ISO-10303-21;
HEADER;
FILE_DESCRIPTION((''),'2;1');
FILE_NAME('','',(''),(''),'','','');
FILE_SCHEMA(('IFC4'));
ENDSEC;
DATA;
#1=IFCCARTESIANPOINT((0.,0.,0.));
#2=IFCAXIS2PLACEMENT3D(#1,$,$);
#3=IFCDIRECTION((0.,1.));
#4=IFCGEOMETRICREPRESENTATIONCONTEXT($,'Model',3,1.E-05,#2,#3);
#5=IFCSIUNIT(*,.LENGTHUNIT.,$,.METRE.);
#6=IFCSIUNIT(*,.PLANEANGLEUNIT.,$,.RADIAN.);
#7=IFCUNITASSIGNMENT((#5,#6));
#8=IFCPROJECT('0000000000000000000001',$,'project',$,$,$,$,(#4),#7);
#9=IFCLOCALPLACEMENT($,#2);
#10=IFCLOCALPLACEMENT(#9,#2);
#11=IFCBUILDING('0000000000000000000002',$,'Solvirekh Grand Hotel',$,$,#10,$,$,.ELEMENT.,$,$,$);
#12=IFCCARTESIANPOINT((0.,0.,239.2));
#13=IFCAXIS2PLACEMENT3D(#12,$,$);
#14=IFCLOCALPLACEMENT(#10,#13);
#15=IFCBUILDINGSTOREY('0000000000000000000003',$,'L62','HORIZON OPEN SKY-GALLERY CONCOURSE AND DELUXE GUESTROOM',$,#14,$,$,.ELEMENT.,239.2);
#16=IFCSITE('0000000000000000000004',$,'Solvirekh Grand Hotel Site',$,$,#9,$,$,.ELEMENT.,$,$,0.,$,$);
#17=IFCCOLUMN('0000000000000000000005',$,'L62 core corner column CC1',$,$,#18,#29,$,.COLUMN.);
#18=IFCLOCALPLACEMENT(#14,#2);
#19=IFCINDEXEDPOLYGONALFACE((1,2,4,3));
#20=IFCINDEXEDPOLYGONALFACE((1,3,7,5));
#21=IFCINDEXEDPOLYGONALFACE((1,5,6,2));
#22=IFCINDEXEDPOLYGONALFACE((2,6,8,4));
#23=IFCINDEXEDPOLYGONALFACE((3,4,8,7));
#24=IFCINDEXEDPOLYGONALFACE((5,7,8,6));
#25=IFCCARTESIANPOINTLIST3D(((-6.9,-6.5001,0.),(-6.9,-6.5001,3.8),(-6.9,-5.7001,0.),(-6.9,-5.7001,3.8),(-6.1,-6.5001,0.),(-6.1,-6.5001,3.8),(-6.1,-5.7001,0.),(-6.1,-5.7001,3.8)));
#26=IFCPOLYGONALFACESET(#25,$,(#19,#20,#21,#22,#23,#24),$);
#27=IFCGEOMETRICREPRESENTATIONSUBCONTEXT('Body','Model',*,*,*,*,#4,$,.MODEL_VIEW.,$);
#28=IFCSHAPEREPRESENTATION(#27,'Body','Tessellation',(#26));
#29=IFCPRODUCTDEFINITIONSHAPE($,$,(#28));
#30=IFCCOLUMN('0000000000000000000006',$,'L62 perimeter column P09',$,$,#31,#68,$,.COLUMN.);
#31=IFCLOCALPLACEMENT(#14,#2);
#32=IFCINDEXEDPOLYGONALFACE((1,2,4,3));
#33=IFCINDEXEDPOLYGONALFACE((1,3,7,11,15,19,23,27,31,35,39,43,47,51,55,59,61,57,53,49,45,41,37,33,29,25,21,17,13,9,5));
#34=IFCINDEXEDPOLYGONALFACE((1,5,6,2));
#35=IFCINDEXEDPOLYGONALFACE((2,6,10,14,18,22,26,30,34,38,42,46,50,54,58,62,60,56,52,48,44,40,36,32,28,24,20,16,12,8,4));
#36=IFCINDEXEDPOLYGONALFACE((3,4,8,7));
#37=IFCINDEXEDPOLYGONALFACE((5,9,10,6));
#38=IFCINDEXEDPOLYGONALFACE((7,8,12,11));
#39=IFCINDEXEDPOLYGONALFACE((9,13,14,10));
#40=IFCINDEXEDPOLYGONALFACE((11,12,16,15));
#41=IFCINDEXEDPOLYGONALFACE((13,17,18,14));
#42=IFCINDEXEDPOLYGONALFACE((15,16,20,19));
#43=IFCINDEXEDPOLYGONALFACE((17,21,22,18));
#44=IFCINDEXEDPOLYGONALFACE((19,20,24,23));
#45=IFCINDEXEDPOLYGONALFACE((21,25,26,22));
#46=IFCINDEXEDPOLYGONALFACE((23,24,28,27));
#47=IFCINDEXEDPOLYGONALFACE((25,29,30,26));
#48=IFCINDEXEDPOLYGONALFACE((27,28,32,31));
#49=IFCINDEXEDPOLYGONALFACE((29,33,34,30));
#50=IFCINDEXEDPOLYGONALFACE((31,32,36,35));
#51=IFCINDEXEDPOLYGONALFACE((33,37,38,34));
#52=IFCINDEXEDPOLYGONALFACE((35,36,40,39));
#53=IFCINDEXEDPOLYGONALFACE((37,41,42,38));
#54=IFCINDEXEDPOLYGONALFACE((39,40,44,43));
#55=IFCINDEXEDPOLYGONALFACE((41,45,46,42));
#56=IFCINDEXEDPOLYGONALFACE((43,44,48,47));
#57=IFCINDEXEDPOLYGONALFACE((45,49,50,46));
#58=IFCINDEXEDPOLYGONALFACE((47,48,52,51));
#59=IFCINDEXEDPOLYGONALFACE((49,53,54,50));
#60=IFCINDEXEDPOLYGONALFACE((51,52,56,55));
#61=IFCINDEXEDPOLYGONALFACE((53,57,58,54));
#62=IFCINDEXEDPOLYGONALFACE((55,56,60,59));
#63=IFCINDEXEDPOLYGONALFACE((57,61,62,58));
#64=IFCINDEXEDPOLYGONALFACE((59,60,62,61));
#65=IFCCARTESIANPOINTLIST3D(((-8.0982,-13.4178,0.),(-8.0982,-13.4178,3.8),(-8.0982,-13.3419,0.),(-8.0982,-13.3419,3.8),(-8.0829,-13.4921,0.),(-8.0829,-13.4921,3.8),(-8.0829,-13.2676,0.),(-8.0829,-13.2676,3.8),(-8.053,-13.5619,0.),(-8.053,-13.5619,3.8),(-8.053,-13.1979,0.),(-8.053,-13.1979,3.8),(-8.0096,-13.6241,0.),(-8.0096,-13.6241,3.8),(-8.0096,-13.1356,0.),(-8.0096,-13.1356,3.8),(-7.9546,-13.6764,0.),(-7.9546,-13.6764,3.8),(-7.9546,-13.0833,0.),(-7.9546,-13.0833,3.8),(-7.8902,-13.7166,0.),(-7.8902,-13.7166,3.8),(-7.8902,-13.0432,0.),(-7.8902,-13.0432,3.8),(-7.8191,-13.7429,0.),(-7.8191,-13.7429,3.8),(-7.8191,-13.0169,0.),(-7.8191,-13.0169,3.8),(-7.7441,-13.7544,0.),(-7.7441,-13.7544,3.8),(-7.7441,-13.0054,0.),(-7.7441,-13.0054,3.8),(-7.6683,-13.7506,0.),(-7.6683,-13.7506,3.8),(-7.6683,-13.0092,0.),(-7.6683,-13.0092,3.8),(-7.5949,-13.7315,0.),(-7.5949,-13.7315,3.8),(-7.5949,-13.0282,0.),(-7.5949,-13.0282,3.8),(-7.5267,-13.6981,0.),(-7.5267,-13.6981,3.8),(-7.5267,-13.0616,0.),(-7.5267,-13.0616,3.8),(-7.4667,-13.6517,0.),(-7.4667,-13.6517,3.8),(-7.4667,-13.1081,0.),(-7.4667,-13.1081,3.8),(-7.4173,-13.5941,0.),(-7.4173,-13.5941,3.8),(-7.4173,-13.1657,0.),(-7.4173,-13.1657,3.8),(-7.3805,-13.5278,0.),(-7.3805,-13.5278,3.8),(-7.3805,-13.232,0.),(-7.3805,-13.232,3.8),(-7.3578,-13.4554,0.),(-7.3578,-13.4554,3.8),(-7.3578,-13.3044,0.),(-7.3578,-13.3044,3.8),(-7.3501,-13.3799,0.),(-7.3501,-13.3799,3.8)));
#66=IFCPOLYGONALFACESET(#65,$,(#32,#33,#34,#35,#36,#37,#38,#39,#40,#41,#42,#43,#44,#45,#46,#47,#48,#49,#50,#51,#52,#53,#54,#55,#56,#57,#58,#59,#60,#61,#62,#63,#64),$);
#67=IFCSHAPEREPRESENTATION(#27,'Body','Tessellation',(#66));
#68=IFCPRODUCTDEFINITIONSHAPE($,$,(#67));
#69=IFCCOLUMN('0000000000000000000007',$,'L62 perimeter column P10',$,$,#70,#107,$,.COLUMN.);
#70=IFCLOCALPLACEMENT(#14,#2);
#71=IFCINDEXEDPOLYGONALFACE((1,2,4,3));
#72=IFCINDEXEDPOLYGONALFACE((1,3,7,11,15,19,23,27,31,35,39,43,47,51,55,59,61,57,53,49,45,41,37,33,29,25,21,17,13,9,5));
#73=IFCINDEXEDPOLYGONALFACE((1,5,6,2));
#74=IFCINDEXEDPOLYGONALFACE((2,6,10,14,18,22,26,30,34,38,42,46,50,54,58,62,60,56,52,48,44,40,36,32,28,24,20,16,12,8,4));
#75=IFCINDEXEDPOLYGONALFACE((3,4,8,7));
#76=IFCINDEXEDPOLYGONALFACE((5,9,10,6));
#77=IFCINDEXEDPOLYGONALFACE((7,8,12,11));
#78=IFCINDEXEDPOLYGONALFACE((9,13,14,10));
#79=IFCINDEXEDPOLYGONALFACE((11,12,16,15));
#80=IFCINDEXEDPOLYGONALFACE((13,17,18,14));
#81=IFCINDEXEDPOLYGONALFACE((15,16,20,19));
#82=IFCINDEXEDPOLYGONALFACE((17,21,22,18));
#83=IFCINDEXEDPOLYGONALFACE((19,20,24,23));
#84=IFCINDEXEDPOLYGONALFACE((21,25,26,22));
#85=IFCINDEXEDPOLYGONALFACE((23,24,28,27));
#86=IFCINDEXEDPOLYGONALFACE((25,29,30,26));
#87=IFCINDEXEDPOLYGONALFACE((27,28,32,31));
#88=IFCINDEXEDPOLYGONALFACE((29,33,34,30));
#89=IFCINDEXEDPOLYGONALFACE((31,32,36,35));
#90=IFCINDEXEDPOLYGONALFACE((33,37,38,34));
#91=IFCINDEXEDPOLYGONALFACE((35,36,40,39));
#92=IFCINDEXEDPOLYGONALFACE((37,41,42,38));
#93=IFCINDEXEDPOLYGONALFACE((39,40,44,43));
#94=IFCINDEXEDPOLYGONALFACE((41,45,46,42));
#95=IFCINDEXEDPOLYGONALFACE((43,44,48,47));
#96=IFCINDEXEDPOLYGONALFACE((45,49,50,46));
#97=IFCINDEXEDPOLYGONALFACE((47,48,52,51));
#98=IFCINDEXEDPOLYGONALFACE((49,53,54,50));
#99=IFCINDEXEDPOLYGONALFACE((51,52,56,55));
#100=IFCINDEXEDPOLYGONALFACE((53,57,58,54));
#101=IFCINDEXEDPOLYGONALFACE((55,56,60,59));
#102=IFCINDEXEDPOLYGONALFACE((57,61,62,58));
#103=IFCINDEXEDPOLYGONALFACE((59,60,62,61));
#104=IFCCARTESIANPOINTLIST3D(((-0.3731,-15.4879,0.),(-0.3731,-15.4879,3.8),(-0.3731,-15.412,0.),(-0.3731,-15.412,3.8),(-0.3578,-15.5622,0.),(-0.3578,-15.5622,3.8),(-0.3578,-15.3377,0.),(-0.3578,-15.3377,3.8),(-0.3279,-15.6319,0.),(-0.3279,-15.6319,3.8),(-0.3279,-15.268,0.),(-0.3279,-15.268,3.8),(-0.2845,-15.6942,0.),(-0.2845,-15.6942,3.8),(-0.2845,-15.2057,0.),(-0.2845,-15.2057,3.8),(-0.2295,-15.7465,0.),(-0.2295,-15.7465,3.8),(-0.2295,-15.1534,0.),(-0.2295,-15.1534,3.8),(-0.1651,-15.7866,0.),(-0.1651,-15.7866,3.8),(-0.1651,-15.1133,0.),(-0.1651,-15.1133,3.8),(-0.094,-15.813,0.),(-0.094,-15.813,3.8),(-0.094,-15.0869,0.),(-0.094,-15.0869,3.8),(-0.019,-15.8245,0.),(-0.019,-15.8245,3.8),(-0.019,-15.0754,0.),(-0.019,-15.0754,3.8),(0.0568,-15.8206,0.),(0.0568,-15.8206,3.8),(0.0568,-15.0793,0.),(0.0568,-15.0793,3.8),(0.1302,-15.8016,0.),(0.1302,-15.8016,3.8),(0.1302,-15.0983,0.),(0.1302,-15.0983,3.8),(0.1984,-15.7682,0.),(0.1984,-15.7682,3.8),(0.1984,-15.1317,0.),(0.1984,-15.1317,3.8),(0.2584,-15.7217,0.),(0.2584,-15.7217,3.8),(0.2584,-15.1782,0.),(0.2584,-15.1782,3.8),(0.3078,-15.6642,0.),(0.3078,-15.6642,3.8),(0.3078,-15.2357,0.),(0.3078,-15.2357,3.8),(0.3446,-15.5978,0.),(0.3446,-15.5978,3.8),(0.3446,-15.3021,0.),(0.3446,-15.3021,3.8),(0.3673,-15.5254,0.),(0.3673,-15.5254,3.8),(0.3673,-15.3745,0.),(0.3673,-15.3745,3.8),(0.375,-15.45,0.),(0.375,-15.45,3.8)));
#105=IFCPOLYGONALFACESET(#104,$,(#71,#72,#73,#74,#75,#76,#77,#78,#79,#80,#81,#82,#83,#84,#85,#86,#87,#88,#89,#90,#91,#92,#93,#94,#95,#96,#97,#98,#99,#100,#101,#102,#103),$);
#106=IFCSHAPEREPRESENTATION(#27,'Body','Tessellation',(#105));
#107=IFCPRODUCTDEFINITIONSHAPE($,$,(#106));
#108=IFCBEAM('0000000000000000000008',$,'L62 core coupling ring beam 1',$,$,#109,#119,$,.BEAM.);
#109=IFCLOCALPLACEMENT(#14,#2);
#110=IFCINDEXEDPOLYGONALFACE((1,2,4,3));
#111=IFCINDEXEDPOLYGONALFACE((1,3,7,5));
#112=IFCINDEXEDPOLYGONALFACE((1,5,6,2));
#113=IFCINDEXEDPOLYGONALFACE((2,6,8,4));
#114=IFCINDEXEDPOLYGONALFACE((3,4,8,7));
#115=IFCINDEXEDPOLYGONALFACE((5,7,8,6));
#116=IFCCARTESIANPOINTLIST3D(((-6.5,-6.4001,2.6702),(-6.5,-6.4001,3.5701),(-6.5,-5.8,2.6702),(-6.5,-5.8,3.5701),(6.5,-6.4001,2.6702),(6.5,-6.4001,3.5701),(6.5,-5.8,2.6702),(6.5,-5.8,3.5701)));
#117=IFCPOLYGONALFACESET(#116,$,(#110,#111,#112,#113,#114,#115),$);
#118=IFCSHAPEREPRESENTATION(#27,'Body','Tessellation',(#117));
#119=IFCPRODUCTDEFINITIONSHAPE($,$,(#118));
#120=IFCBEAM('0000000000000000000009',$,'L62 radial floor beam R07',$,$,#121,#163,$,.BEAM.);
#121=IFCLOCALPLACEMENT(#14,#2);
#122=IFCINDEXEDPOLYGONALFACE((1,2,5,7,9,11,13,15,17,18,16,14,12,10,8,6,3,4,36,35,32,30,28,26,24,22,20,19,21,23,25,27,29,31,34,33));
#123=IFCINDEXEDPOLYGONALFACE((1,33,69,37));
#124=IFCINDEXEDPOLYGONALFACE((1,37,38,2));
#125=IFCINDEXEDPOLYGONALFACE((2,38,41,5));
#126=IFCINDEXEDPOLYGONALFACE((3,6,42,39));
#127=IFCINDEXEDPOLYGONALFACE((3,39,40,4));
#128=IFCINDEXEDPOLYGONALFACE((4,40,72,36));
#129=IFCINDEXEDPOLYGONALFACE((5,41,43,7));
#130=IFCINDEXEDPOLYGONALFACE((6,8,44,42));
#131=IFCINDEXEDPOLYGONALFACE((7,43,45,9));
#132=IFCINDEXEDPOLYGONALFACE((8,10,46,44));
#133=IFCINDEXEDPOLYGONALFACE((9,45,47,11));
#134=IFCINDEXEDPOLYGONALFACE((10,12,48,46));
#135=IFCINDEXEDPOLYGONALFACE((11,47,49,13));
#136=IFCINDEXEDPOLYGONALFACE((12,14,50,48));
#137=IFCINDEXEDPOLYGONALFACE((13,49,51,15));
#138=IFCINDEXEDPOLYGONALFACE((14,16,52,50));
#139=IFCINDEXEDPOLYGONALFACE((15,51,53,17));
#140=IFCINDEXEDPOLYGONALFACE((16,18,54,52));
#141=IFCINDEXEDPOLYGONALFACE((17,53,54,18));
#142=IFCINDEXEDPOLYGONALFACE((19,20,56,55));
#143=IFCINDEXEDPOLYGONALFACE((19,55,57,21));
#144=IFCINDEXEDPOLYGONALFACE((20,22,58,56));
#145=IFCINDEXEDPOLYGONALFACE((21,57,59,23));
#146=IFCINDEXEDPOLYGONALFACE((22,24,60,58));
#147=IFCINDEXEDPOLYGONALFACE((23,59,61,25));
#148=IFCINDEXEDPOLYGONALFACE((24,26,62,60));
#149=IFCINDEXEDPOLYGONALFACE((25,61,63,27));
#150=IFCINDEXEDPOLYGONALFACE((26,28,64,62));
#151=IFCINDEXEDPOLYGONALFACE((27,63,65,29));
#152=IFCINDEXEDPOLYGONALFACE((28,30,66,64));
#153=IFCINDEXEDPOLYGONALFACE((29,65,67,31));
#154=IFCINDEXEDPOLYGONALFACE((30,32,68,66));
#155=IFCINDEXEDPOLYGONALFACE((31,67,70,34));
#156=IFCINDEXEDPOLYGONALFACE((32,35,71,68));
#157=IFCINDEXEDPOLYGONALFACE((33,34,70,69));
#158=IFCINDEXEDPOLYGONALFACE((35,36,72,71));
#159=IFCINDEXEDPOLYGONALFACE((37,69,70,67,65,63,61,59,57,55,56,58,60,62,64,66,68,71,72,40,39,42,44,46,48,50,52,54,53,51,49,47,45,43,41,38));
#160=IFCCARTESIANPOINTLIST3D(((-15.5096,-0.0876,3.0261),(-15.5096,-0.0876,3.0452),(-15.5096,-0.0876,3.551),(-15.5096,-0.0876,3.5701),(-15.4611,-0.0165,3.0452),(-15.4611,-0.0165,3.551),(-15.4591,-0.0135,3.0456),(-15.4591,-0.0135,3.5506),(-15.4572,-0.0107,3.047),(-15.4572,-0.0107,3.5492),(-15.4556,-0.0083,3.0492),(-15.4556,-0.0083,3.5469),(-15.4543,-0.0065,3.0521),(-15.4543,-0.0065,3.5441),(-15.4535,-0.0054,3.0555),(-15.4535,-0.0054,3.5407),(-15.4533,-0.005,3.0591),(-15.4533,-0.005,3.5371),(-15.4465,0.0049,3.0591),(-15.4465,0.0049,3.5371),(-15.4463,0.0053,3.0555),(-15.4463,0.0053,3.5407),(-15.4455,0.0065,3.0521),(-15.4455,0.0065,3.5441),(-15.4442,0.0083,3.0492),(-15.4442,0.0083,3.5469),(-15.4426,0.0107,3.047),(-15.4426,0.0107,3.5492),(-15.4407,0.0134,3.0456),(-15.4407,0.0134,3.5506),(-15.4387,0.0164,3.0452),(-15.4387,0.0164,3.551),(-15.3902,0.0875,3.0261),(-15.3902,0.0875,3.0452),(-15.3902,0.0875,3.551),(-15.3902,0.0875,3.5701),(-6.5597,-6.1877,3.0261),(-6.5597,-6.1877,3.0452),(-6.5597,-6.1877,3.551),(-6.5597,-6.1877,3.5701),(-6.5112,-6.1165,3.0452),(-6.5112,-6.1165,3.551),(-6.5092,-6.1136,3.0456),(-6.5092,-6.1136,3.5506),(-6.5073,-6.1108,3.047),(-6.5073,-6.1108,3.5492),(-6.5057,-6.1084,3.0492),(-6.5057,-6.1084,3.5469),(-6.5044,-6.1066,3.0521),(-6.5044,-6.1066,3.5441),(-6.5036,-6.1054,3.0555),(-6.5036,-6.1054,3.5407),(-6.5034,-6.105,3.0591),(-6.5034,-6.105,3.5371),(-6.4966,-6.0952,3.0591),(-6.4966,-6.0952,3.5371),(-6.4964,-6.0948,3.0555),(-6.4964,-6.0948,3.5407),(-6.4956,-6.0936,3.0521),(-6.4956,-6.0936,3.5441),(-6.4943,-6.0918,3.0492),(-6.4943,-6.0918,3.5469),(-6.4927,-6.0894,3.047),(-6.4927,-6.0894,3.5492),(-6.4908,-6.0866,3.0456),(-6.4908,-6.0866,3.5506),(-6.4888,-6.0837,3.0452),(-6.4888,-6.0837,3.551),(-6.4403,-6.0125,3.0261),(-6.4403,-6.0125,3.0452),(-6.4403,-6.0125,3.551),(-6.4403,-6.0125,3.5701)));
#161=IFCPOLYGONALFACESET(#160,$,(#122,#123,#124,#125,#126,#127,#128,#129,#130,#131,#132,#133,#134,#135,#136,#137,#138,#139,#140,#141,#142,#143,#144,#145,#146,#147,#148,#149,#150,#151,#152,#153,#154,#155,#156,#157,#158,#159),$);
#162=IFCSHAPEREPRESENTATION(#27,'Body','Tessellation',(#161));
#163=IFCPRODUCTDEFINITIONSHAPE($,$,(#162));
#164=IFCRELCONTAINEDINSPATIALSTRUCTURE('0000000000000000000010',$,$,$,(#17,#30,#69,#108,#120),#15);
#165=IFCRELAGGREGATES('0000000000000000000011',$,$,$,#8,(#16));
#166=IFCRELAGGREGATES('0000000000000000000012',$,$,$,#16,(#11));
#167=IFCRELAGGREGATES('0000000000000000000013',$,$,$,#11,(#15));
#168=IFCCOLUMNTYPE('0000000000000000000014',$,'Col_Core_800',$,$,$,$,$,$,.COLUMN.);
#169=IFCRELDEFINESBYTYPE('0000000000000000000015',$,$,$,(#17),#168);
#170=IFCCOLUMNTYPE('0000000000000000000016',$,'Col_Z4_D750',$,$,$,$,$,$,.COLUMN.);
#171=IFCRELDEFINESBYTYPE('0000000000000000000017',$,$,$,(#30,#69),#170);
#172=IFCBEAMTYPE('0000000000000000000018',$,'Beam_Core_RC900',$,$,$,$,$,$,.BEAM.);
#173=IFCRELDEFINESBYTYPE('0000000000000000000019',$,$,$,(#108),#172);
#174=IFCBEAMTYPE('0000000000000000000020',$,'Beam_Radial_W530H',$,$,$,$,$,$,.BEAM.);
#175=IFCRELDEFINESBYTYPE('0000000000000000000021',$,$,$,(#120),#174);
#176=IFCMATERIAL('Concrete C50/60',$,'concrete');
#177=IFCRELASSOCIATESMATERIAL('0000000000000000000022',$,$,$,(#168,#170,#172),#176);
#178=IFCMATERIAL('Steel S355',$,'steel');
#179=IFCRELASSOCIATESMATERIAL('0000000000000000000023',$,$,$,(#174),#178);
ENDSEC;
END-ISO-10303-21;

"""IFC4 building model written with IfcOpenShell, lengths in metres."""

from ifc_helpers import new_model, si_unit, direction, frame, origin, origin_2d, place, context, subcontext, project, spatial, rectangle, circle, i_section, extrude, material, material_profile, profile_set, type_object, element, save


model = new_model("IFC4")

# Units and contexts
model_context = context("Model", 3, precision=1e-05, world=origin(), true_north=direction((0.0, 1.0)))
body_context = subcontext(model_context, "Body", "Model", "MODEL_VIEW")
ifc_project = project(units=[si_unit("LENGTHUNIT", "METRE"), si_unit("PLANEANGLEUNIT", "RADIAN")], contexts=[model_context])

# Site, building, storey
site_placement = place(None, origin())
site = spatial("IfcSite", under=ifc_project, at=site_placement, Name="Solvirekh Grand Hotel Site", CompositionType="ELEMENT", RefElevation=0.0)
building_placement = place(site_placement, origin())
building = spatial("IfcBuilding", under=site, at=building_placement, Name="Solvirekh Grand Hotel", CompositionType="ELEMENT")
storey_placement = place(building_placement, frame((0.0, 0.0, 239.2)))
storey = spatial("IfcBuildingStorey", under=building, at=storey_placement, Name="L62", Description="HORIZON OPEN SKY-GALLERY CONCOURSE AND DELUXE GUESTROOM", CompositionType="ELEMENT", Elevation=239.2)

# Columns
ifc_material_1 = material(Name="Concrete C50/60", Category="concrete")
ifc_material_profile_1 = material_profile(ifc_material_1, rectangle(XDim=0.8, YDim=0.8, at=origin_2d()), Name="RC 800X800")
ifc_profile_set_1 = profile_set([ifc_material_profile_1], Name="Concrete C50/60")
column_type_1 = type_object("IfcColumnType", Name="Col_Core_800", PredefinedType="COLUMN", material=ifc_profile_set_1)
column_placement = place(storey_placement, frame((-6.5, -6.1001, 0.0), z_axis=(0.0, 0.0, 1.0), x_axis=(1.0, 0.0, 0.0)))
element("IfcColumn", 1, at=column_placement, inside=storey, type_object=column_type_1, Name="L62 core corner column CC1", PredefinedType="COLUMN", context=body_context, shape_type="SweptSolid", body=[
    extrude(rectangle(XDim=0.8, YDim=0.8, at=origin_2d()), origin(), (0.0, 0.0, 1.0), 3.8),
])
ifc_material_profile_2 = material_profile(ifc_material_1, circle(Radius=0.375, at=origin_2d()), Name="RC CIRC D750")
ifc_profile_set_2 = profile_set([ifc_material_profile_2], Name="Concrete C50/60")
column_type_2 = type_object("IfcColumnType", Name="Col_Z4_D750", PredefinedType="COLUMN", material=ifc_profile_set_2)
for number, where, z_axis, x_axis, name in (
    (2, (-7.7251, -13.3799, 0.0), (0.0, 0.0, 1.0), (1.0, 0.0, 0.0), "L62 perimeter column P09"),
    (3, (0.0, -15.45, 0.0), (0.0, 0.0, 1.0), (1.0, 0.0, 0.0), "L62 perimeter column P10"),
):
    element("IfcColumn", number, at=place(storey_placement, frame(where, z_axis=z_axis, x_axis=x_axis)), inside=storey, type_object=column_type_2, Name=name, PredefinedType="COLUMN", context=body_context, shape_type="SweptSolid", body=[
        extrude(circle(Radius=0.375, at=origin_2d()), origin(), (0.0, 0.0, 1.0), 3.8),
    ])

# Beams
ifc_material_profile_3 = material_profile(ifc_material_1, rectangle(XDim=0.6001, YDim=0.8999, at=origin_2d()), Name="RC BEAM 600X900")
ifc_profile_set_3 = profile_set([ifc_material_profile_3], Name="Concrete C50/60")
beam_type_1 = type_object("IfcBeamType", Name="Beam_Core_RC900", PredefinedType="BEAM", material=ifc_profile_set_3)
beam_1_placement = place(storey_placement, frame((-6.5, -6.1001, 3.1201), z_axis=(1.0, 0.0, 0.0), x_axis=(0.0, 1.0, 0.0)))
element("IfcBeam", 4, at=beam_1_placement, inside=storey, type_object=beam_type_1, Name="L62 core coupling ring beam 1", PredefinedType="BEAM", context=body_context, shape_type="SweptSolid", body=[
    extrude(rectangle(XDim=0.6001, YDim=0.8999, at=origin_2d()), origin(), (0.0, 0.0, 1.0), 13.0),
])
ifc_material_2 = material(Name="Steel S355", Category="steel")
ifc_material_profile_4 = material_profile(ifc_material_2, i_section(OverallWidth=0.2119, OverallDepth=0.5439, WebThickness=0.012, FlangeThickness=0.019, FilletRadius=0.0139, at=origin_2d()), Name="W530X123")
ifc_profile_set_4 = profile_set([ifc_material_profile_4], Name="Steel S355")
beam_type_2 = type_object("IfcBeamType", Name="Beam_Radial_W530H", PredefinedType="BEAM", material=ifc_profile_set_4)
beam_2_placement = place(storey_placement, frame((-6.5, -6.1001, 3.2981), z_axis=(-0.826319, 0.563202, 0.0), x_axis=(-0.563202, -0.826319, 0.0)))
element("IfcBeam", 5, at=beam_2_placement, inside=storey, type_object=beam_type_2, Name="L62 radial floor beam R07", PredefinedType="BEAM", context=body_context, shape_type="SweptSolid", body=[
    extrude(i_section(OverallWidth=0.2119, OverallDepth=0.5439, WebThickness=0.012, FlangeThickness=0.019, FilletRadius=0.0139, at=origin_2d()), origin(), (0.0, 0.0, 1.0), 10.8311),
])

save(model, "model.ifc")
